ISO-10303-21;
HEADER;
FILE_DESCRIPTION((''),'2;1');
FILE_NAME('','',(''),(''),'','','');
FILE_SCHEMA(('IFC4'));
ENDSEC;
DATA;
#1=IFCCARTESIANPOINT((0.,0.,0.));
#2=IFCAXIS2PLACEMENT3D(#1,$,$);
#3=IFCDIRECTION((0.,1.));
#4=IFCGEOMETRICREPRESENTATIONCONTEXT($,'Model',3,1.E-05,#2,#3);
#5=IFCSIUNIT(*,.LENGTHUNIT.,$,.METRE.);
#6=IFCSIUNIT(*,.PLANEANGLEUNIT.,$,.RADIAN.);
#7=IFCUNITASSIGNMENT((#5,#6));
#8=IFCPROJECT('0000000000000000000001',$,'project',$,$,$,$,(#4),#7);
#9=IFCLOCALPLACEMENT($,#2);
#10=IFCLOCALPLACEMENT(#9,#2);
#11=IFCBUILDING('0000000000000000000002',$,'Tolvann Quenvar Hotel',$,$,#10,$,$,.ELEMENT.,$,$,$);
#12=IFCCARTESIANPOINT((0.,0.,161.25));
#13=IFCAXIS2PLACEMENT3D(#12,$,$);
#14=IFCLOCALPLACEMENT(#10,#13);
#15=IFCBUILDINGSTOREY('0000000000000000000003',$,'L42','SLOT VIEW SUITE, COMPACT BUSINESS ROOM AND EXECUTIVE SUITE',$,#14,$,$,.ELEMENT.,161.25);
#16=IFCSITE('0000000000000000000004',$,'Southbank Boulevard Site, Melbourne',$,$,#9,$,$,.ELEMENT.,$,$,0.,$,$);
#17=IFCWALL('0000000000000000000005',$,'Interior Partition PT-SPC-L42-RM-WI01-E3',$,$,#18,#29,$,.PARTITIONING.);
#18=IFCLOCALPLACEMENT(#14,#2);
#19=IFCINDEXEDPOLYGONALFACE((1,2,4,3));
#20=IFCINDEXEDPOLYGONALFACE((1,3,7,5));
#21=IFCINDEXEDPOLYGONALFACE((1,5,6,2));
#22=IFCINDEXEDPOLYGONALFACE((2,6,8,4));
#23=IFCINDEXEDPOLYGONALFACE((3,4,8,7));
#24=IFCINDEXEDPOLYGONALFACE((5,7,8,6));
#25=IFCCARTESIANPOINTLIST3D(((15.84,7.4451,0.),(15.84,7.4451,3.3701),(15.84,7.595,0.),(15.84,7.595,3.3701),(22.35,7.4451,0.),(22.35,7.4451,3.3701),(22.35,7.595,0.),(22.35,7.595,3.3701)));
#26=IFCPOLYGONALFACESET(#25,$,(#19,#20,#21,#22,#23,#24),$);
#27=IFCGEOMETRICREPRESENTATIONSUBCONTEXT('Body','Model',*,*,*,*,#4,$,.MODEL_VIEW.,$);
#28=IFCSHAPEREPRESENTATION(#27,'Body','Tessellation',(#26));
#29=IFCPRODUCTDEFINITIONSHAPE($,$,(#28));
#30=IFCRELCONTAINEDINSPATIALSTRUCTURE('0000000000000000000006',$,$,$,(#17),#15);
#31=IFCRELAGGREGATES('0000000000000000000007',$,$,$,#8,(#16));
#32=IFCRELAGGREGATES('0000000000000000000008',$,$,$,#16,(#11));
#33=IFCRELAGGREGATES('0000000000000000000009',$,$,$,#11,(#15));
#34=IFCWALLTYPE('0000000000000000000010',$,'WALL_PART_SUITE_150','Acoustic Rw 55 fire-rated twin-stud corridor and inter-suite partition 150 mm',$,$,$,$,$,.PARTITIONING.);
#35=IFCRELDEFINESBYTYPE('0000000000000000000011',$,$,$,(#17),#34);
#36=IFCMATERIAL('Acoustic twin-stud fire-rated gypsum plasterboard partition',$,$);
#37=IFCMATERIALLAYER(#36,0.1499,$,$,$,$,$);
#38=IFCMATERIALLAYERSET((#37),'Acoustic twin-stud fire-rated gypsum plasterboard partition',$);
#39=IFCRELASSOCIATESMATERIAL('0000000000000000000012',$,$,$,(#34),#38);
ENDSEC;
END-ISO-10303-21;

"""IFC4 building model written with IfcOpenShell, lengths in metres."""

from ifc_helpers import new_model, si_unit, direction, frame, frame_2d, origin, place, context, subcontext, project, spatial, rectangle, extrude, material, layer, layer_set, type_object, element, save


model = new_model("IFC4")

# Units and contexts
model_context = context("Model", 3, precision=1e-05, world=origin(), true_north=direction((0.0, 1.0)))
body_context = subcontext(model_context, "Body", "Model", "MODEL_VIEW")
ifc_project = project(units=[si_unit("LENGTHUNIT", "METRE"), si_unit("PLANEANGLEUNIT", "RADIAN")], contexts=[model_context])

# Site, building, storey
site_placement = place(None, origin())
site = spatial("IfcSite", under=ifc_project, at=site_placement, Name="Southbank Boulevard Site, Melbourne", CompositionType="ELEMENT", RefElevation=0.0)
building_placement = place(site_placement, origin())
building = spatial("IfcBuilding", under=site, at=building_placement, Name="Tolvann Quenvar Hotel", CompositionType="ELEMENT")
storey_placement = place(building_placement, frame((0.0, 0.0, 161.25)))
storey = spatial("IfcBuildingStorey", under=building, at=storey_placement, Name="L42", Description="SLOT VIEW SUITE, COMPACT BUSINESS ROOM AND EXECUTIVE SUITE", CompositionType="ELEMENT", Elevation=161.25)

# Shared definitions
ifc_material_1 = material(Name="Acoustic twin-stud fire-rated gypsum plasterboard partition")
ifc_layer_1 = layer(ifc_material_1, 0.1499)
ifc_layer_set_1 = layer_set([ifc_layer_1], Name="Acoustic twin-stud fire-rated gypsum plasterboard partition")
wall_type_1 = type_object("IfcWallType", Name="WALL_PART_SUITE_150", Description="Acoustic Rw 55 fire-rated twin-stud corridor and inter-suite partition 150 mm", PredefinedType="PARTITIONING", material=ifc_layer_set_1)

# Wall
wall_1_placement = place(storey_placement, frame((15.8401, 7.52, 0.0), z_axis=(0.0, 0.0, 1.0), x_axis=(1.0, 0.0, 0.0)))
element("IfcWall", 1, at=wall_1_placement, inside=storey, type_object=wall_type_1, Name="Interior Partition PT-SPC-L42-RM-WI01-E3", PredefinedType="PARTITIONING", context=body_context, shape_type="SweptSolid", body=[
    extrude(rectangle(XDim=6.51, YDim=0.1499, at=frame_2d((3.2549, 0.0))), origin(), (0.0, 0.0, 1.0), 3.3701),
])

save(model, "model.ifc")
